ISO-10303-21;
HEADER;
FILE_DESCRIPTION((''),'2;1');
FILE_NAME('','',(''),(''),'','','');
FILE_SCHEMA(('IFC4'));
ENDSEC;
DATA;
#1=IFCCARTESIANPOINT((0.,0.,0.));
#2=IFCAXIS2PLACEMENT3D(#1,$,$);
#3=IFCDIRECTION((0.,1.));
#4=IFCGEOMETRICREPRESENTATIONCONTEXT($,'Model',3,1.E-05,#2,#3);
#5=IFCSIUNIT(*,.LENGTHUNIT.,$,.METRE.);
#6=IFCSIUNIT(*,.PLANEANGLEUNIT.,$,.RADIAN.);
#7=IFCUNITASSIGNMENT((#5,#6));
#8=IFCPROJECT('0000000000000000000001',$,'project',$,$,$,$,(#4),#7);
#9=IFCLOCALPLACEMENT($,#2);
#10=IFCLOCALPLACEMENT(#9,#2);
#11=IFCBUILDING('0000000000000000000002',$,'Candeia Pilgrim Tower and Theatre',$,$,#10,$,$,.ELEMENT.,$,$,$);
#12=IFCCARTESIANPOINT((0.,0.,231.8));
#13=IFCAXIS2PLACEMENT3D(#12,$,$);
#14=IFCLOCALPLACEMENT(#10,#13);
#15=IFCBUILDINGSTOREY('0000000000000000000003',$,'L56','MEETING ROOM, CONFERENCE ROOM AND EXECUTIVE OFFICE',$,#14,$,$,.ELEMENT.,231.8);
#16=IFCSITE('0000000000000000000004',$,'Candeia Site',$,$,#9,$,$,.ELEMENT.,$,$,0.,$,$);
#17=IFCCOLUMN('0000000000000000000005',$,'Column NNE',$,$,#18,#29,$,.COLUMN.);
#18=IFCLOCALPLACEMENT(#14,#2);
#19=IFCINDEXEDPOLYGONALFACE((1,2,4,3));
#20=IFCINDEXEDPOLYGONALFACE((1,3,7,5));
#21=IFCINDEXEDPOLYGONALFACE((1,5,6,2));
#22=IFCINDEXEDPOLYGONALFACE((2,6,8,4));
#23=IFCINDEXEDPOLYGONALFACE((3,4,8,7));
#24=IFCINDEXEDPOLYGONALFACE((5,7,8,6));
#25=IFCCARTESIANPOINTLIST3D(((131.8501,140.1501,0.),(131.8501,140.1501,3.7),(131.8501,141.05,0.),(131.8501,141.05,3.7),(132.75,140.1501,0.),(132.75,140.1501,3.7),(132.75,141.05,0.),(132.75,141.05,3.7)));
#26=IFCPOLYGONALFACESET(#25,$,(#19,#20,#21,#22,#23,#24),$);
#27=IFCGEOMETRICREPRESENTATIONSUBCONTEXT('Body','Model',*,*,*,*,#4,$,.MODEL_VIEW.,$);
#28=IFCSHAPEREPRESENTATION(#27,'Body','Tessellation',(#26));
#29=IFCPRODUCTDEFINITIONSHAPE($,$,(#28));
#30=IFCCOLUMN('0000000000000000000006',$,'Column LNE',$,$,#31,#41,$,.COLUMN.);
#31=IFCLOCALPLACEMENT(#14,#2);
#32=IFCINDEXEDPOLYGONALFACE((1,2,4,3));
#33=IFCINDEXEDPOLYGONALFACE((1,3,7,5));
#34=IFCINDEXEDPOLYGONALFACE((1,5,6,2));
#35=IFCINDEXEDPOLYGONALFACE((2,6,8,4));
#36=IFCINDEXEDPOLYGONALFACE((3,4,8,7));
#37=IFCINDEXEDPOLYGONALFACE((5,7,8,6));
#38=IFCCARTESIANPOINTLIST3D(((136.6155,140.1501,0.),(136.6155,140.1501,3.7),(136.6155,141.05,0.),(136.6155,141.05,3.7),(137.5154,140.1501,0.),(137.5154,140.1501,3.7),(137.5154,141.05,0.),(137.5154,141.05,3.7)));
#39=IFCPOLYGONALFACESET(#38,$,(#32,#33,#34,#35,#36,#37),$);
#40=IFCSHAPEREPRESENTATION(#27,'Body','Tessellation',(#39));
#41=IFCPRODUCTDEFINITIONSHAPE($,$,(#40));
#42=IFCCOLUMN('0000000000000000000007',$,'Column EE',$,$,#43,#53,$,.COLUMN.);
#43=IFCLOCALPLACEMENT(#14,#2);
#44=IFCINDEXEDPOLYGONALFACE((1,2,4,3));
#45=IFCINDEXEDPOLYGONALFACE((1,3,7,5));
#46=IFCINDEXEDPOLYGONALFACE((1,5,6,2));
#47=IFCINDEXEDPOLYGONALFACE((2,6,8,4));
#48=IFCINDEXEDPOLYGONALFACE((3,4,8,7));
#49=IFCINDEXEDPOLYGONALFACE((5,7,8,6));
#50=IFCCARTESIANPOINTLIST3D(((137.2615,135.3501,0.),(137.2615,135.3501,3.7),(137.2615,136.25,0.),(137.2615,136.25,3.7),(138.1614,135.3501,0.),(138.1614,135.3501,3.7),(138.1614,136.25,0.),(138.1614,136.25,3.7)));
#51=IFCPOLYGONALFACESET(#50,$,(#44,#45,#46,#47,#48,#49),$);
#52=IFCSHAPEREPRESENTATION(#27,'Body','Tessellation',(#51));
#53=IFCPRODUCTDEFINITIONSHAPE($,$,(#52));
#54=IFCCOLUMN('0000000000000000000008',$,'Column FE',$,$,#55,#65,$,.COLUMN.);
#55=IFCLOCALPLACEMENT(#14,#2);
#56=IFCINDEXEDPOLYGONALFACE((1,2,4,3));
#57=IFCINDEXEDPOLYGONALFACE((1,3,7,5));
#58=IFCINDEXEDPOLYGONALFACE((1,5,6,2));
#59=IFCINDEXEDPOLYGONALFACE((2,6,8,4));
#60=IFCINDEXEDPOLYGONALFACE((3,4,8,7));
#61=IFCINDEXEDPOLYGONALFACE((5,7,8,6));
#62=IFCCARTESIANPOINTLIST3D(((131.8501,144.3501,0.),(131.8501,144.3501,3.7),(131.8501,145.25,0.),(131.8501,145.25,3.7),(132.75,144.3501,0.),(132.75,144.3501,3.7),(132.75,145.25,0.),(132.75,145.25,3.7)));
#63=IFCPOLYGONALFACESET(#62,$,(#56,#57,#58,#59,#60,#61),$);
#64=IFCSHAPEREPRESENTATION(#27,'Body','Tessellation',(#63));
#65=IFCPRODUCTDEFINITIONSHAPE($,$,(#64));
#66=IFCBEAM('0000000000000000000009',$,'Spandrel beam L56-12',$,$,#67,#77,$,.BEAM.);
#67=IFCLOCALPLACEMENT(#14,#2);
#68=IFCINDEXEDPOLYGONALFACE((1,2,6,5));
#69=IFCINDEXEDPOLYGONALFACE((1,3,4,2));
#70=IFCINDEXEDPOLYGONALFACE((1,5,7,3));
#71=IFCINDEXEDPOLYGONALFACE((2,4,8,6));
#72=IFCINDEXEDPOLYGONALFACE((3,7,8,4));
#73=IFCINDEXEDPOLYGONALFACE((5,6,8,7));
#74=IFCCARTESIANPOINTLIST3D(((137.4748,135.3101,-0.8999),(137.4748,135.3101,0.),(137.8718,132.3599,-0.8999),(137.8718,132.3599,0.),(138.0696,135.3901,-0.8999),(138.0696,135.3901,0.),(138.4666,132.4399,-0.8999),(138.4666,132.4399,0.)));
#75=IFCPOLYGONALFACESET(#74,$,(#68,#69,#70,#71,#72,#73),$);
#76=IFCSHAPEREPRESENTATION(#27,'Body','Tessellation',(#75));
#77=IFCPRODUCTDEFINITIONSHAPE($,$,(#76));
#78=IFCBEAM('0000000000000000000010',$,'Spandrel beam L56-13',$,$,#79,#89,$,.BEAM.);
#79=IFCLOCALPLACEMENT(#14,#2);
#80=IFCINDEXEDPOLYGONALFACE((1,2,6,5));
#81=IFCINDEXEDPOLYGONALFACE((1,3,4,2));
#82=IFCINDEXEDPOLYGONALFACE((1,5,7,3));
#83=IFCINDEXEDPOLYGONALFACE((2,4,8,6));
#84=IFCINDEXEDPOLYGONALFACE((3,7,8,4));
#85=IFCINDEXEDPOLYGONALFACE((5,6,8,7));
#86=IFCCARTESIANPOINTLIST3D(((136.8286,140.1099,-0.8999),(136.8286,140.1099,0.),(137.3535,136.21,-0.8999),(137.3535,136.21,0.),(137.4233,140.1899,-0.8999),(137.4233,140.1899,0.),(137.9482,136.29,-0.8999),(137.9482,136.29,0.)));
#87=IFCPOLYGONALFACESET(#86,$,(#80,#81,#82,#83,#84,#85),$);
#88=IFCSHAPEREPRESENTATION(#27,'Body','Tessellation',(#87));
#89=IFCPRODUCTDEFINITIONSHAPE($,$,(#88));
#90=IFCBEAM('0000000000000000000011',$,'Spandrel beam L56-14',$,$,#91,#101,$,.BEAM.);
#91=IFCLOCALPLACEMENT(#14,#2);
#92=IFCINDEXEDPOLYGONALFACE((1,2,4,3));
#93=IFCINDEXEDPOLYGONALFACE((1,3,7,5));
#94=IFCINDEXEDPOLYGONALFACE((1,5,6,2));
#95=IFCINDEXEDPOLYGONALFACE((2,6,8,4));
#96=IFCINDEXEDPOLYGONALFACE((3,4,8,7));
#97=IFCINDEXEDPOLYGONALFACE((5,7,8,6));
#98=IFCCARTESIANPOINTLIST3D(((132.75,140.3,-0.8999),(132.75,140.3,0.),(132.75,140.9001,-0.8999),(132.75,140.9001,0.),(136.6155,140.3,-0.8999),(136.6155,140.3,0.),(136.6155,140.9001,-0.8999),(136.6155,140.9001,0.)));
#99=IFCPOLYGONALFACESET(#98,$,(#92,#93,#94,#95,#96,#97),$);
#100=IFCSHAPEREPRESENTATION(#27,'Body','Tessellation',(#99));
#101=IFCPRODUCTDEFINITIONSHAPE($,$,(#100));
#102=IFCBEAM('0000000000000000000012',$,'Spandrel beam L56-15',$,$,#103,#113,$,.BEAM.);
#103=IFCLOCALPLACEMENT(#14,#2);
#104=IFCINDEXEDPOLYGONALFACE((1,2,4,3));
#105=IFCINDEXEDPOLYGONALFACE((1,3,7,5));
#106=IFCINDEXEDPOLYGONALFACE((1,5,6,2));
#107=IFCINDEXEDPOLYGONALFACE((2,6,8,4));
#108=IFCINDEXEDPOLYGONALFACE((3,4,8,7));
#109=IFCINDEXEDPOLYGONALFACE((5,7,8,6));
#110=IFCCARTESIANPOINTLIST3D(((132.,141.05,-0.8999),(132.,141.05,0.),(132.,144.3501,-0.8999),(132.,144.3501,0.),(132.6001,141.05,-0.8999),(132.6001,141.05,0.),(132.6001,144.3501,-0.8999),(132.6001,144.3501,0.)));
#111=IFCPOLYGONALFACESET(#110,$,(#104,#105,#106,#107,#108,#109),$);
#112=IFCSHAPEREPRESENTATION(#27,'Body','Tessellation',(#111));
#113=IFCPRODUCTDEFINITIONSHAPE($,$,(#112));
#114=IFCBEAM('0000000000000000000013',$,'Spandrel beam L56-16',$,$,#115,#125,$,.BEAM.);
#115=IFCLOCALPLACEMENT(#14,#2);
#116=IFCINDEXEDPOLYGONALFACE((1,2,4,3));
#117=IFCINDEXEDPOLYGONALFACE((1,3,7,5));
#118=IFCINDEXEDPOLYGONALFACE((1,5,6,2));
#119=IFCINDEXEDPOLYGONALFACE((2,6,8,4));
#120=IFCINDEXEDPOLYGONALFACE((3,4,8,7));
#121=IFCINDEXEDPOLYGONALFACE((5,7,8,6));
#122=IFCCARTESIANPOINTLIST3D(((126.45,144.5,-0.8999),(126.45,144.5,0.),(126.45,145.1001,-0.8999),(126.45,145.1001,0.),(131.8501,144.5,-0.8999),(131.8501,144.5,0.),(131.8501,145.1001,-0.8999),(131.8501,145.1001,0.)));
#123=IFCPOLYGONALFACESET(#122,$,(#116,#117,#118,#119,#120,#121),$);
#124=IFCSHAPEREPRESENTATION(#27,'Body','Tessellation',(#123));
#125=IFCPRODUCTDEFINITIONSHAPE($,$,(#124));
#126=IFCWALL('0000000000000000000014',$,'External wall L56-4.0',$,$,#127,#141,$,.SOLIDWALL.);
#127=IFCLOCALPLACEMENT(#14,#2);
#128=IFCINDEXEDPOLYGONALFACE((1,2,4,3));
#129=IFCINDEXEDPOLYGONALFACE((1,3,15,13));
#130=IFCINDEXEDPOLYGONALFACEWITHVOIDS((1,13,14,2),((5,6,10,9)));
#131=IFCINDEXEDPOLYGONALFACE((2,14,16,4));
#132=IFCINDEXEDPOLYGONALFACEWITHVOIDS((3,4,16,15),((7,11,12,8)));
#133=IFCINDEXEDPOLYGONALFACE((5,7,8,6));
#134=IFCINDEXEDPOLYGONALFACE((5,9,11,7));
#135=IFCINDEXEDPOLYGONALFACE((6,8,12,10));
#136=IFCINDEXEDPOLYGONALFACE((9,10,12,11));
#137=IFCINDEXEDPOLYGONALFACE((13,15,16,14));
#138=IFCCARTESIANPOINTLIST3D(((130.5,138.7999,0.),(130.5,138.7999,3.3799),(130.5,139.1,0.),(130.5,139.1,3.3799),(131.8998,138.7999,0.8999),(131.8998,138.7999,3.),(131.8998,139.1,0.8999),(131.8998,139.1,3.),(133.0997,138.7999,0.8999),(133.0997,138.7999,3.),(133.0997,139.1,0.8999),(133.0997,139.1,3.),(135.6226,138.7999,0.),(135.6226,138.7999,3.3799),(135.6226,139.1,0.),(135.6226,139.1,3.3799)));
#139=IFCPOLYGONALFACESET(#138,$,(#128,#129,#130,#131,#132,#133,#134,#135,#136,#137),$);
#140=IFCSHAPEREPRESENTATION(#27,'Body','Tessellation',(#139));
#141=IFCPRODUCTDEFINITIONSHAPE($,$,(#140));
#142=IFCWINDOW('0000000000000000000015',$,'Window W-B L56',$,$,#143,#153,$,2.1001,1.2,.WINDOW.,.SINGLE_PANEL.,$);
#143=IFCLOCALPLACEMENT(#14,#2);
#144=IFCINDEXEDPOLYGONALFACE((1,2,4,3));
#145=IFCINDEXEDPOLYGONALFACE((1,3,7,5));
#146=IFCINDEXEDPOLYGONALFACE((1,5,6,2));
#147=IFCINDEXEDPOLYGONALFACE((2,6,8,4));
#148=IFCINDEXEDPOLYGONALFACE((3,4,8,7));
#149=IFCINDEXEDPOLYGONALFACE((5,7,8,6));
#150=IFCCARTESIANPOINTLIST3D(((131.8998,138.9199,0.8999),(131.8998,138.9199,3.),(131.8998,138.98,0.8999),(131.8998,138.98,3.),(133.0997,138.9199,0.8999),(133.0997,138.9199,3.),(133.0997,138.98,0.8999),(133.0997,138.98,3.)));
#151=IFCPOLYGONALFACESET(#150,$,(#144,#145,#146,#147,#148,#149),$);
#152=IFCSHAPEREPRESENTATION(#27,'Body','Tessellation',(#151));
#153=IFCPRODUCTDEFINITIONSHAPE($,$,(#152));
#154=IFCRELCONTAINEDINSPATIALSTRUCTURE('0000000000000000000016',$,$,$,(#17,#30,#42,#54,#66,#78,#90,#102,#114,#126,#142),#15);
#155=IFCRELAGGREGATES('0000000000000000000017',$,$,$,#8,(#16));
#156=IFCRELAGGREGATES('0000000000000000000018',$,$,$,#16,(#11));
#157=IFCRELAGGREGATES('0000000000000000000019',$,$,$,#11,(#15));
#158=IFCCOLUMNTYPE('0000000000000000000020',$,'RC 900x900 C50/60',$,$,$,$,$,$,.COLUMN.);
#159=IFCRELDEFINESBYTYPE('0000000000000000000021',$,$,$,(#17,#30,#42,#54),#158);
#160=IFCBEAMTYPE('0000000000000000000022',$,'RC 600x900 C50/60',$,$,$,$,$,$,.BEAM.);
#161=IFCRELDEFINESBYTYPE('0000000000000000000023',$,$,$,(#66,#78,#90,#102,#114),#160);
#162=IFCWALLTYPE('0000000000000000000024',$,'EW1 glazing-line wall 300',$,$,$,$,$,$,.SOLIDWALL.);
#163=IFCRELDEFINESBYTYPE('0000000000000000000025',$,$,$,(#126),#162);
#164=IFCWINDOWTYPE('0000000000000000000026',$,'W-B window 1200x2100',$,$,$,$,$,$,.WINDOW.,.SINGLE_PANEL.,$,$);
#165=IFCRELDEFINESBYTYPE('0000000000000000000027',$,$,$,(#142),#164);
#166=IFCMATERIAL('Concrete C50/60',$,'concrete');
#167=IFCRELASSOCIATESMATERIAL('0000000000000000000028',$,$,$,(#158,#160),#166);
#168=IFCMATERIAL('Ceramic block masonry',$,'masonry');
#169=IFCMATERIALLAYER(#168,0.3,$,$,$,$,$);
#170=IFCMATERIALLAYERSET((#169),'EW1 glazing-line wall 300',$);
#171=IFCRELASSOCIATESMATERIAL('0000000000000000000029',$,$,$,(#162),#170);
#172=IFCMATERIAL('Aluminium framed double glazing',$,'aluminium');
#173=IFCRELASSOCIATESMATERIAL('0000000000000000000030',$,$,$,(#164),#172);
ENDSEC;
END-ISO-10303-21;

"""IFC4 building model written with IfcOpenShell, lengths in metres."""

from ifc_helpers import new_model, si_unit, direction, frame, frame_2d, origin, origin_2d, place, context, subcontext, project, spatial, rectangle, extrude, material, layer, layer_set, material_profile, profile_set, type_object, element, fill, save


model = new_model("IFC4")

# Units and contexts
model_context = context("Model", 3, precision=1e-05, world=origin(), true_north=direction((0.0, 1.0)))
body_context = subcontext(model_context, "Body", "Model", "MODEL_VIEW")
ifc_project = project(units=[si_unit("LENGTHUNIT", "METRE"), si_unit("PLANEANGLEUNIT", "RADIAN")], contexts=[model_context])

# Site, building, storey
site_placement = place(None, origin())
site = spatial("IfcSite", under=ifc_project, at=site_placement, Name="Candeia Site", CompositionType="ELEMENT", RefElevation=0.0)
building_placement = place(site_placement, origin())
building = spatial("IfcBuilding", under=site, at=building_placement, Name="Candeia Pilgrim Tower and Theatre", CompositionType="ELEMENT")
storey_placement = place(building_placement, frame((0.0, 0.0, 231.8)))
storey = spatial("IfcBuildingStorey", under=building, at=storey_placement, Name="L56", Description="MEETING ROOM, CONFERENCE ROOM AND EXECUTIVE OFFICE", CompositionType="ELEMENT", Elevation=231.8)

# Columns
ifc_material_1 = material(Name="Concrete C50/60", Category="concrete")
ifc_material_profile_1 = material_profile(ifc_material_1, rectangle(XDim=0.8999, YDim=0.8999, at=origin_2d()))
ifc_profile_set_1 = profile_set([ifc_material_profile_1], Name="Concrete C50/60")
column_type = type_object("IfcColumnType", Name="RC 900x900 C50/60", PredefinedType="COLUMN", material=ifc_profile_set_1)
for number, where, z_axis, x_axis, name in (
    (1, (132.3, 140.6001, 0.0), (0.0, 0.0, 1.0), (1.0, 0.0, 0.0), "Column NNE"),
    (2, (137.0654, 140.6001, 0.0), (0.0, 0.0, 1.0), (1.0, 0.0, 0.0), "Column LNE"),
    (3, (137.7114, 135.8, 0.0), (0.0, 0.0, 1.0), (1.0, 0.0, 0.0), "Column EE"),
    (4, (132.3, 144.8, 0.0), (0.0, 0.0, 1.0), (1.0, 0.0, 0.0), "Column FE"),
):
    element("IfcColumn", number, at=place(storey_placement, frame(where, z_axis=z_axis, x_axis=x_axis)), inside=storey, type_object=column_type, Name=name, PredefinedType="COLUMN", context=body_context, shape_type="SweptSolid", body=[
        extrude(rectangle(XDim=0.8999, YDim=0.8999, at=origin_2d()), origin(), (0.0, 0.0, 1.0), 3.7),
    ])

# Beams
ifc_material_profile_2 = material_profile(ifc_material_1, rectangle(XDim=0.6001, YDim=0.8999, at=origin_2d()))
ifc_profile_set_2 = profile_set([ifc_material_profile_2], Name="Concrete C50/60")
beam_type = type_object("IfcBeamType", Name="RC 600x900 C50/60", PredefinedType="BEAM", material=ifc_profile_set_2)
beam_1_placement = place(storey_placement, frame((138.1692, 132.3999, -0.45), z_axis=(-0.133356, 0.991068, 0.0), x_axis=(-0.991068, -0.133356, 0.0)))
element("IfcBeam", 5, at=beam_1_placement, inside=storey, type_object=beam_type, Name="Spandrel beam L56-12", PredefinedType="BEAM", context=body_context, shape_type="SweptSolid", body=[
    extrude(rectangle(XDim=0.6001, YDim=0.8999, at=origin_2d()), origin(), (0.0, 0.0, 1.0), 2.9768),
])
beam_2_placement = place(storey_placement, frame((137.6509, 136.25, -0.45), z_axis=(-0.133391, 0.991064, 0.0), x_axis=(-0.991064, -0.133391, 0.0)))
element("IfcBeam", 6, at=beam_2_placement, inside=storey, type_object=beam_type, Name="Spandrel beam L56-13", PredefinedType="BEAM", context=body_context, shape_type="SweptSolid", body=[
    extrude(rectangle(XDim=0.6001, YDim=0.8999, at=origin_2d()), origin(), (0.0, 0.0, 1.0), 3.9351),
])
beam_3_placement = place(storey_placement, frame((136.6155, 140.6001, -0.45), z_axis=(-1.0, 0.0, 0.0), x_axis=(0.0, -1.0, 0.0)))
element("IfcBeam", 7, at=beam_3_placement, inside=storey, type_object=beam_type, Name="Spandrel beam L56-14", PredefinedType="BEAM", context=body_context, shape_type="SweptSolid", body=[
    extrude(rectangle(XDim=0.6001, YDim=0.8999, at=origin_2d()), origin(), (0.0, 0.0, 1.0), 3.8655),
])
beam_4_placement = place(storey_placement, frame((132.3, 141.05, -0.45), z_axis=(0.0, 1.0, 0.0), x_axis=(-1.0, 0.0, 0.0)))
element("IfcBeam", 8, at=beam_4_placement, inside=storey, type_object=beam_type, Name="Spandrel beam L56-15", PredefinedType="BEAM", context=body_context, shape_type="SweptSolid", body=[
    extrude(rectangle(XDim=0.6001, YDim=0.8999, at=origin_2d()), origin(), (0.0, 0.0, 1.0), 3.3),
])
beam_5_placement = place(storey_placement, frame((131.8501, 144.8, -0.45), z_axis=(-1.0, 0.0, 0.0), x_axis=(0.0, -1.0, 0.0)))
element("IfcBeam", 9, at=beam_5_placement, inside=storey, type_object=beam_type, Name="Spandrel beam L56-16", PredefinedType="BEAM", context=body_context, shape_type="SweptSolid", body=[
    extrude(rectangle(XDim=0.6001, YDim=0.8999, at=origin_2d()), origin(), (0.0, 0.0, 1.0), 5.4001),
])

# Shared definitions
ifc_material_2 = material(Name="Ceramic block masonry", Category="masonry")
ifc_layer_1 = layer(ifc_material_2, 0.3)
ifc_layer_set_1 = layer_set([ifc_layer_1], Name="EW1 glazing-line wall 300")
wall_type = type_object("IfcWallType", Name="EW1 glazing-line wall 300", PredefinedType="SOLIDWALL", material=ifc_layer_set_1)
ifc_material_3 = material(Name="Aluminium framed double glazing", Category="aluminium")

# Wall, opening, window
wall_1_placement = place(storey_placement, frame((135.6226, 138.95, 0.0), z_axis=(0.0, 0.0, 1.0), x_axis=(-1.0, 0.0, 0.0)))
wall_1 = element("IfcWall", 10, at=wall_1_placement, inside=storey, type_object=wall_type, Name="External wall L56-4.0", PredefinedType="SOLIDWALL", context=body_context, shape_type="SweptSolid", body=[
    extrude(rectangle(XDim=5.1226, YDim=0.3, at=frame_2d((2.5613, 0.0))), origin(), (0.0, 0.0, 1.0), 3.3799),
])
opening_1_placement = place(wall_1_placement, frame((2.5227, 0.0, 0.8999)))
opening_1 = element("IfcOpeningElement", 11, at=opening_1_placement, cuts=wall_1, PredefinedType="OPENING", context=body_context, shape_type="SweptSolid", body=[
    extrude(rectangle(XDim=1.2, YDim=2.1001, at=frame_2d((0.6001, 1.05))), frame((0.0, 0.1602, 0.0), z_axis=(0.0, -1.0, 0.0), x_axis=(1.0, 0.0, 0.0)), (0.0, 0.0, 1.0), 0.3201),
])
window_type_1 = type_object("IfcWindowType", Name="W-B window 1200x2100", PartitioningType="SINGLE_PANEL", PredefinedType="WINDOW", material=ifc_material_3)
window_1_placement = place(opening_1_placement, origin())
window_1 = element("IfcWindow", 12, at=window_1_placement, inside=storey, type_object=window_type_1, Name="Window W-B L56", OverallHeight=2.1001, OverallWidth=1.2, PartitioningType="SINGLE_PANEL", PredefinedType="WINDOW", context=body_context, shape_type="SweptSolid", body=[
    extrude(rectangle(XDim=1.2, YDim=2.1001, at=frame_2d((0.6001, 1.05))), frame((0.0, 0.03, 0.0), z_axis=(0.0, -1.0, 0.0), x_axis=(1.0, 0.0, 0.0)), (0.0, 0.0, 1.0), 0.0601),
])
fill(opening_1, window_1)

save(model, "model.ifc")
